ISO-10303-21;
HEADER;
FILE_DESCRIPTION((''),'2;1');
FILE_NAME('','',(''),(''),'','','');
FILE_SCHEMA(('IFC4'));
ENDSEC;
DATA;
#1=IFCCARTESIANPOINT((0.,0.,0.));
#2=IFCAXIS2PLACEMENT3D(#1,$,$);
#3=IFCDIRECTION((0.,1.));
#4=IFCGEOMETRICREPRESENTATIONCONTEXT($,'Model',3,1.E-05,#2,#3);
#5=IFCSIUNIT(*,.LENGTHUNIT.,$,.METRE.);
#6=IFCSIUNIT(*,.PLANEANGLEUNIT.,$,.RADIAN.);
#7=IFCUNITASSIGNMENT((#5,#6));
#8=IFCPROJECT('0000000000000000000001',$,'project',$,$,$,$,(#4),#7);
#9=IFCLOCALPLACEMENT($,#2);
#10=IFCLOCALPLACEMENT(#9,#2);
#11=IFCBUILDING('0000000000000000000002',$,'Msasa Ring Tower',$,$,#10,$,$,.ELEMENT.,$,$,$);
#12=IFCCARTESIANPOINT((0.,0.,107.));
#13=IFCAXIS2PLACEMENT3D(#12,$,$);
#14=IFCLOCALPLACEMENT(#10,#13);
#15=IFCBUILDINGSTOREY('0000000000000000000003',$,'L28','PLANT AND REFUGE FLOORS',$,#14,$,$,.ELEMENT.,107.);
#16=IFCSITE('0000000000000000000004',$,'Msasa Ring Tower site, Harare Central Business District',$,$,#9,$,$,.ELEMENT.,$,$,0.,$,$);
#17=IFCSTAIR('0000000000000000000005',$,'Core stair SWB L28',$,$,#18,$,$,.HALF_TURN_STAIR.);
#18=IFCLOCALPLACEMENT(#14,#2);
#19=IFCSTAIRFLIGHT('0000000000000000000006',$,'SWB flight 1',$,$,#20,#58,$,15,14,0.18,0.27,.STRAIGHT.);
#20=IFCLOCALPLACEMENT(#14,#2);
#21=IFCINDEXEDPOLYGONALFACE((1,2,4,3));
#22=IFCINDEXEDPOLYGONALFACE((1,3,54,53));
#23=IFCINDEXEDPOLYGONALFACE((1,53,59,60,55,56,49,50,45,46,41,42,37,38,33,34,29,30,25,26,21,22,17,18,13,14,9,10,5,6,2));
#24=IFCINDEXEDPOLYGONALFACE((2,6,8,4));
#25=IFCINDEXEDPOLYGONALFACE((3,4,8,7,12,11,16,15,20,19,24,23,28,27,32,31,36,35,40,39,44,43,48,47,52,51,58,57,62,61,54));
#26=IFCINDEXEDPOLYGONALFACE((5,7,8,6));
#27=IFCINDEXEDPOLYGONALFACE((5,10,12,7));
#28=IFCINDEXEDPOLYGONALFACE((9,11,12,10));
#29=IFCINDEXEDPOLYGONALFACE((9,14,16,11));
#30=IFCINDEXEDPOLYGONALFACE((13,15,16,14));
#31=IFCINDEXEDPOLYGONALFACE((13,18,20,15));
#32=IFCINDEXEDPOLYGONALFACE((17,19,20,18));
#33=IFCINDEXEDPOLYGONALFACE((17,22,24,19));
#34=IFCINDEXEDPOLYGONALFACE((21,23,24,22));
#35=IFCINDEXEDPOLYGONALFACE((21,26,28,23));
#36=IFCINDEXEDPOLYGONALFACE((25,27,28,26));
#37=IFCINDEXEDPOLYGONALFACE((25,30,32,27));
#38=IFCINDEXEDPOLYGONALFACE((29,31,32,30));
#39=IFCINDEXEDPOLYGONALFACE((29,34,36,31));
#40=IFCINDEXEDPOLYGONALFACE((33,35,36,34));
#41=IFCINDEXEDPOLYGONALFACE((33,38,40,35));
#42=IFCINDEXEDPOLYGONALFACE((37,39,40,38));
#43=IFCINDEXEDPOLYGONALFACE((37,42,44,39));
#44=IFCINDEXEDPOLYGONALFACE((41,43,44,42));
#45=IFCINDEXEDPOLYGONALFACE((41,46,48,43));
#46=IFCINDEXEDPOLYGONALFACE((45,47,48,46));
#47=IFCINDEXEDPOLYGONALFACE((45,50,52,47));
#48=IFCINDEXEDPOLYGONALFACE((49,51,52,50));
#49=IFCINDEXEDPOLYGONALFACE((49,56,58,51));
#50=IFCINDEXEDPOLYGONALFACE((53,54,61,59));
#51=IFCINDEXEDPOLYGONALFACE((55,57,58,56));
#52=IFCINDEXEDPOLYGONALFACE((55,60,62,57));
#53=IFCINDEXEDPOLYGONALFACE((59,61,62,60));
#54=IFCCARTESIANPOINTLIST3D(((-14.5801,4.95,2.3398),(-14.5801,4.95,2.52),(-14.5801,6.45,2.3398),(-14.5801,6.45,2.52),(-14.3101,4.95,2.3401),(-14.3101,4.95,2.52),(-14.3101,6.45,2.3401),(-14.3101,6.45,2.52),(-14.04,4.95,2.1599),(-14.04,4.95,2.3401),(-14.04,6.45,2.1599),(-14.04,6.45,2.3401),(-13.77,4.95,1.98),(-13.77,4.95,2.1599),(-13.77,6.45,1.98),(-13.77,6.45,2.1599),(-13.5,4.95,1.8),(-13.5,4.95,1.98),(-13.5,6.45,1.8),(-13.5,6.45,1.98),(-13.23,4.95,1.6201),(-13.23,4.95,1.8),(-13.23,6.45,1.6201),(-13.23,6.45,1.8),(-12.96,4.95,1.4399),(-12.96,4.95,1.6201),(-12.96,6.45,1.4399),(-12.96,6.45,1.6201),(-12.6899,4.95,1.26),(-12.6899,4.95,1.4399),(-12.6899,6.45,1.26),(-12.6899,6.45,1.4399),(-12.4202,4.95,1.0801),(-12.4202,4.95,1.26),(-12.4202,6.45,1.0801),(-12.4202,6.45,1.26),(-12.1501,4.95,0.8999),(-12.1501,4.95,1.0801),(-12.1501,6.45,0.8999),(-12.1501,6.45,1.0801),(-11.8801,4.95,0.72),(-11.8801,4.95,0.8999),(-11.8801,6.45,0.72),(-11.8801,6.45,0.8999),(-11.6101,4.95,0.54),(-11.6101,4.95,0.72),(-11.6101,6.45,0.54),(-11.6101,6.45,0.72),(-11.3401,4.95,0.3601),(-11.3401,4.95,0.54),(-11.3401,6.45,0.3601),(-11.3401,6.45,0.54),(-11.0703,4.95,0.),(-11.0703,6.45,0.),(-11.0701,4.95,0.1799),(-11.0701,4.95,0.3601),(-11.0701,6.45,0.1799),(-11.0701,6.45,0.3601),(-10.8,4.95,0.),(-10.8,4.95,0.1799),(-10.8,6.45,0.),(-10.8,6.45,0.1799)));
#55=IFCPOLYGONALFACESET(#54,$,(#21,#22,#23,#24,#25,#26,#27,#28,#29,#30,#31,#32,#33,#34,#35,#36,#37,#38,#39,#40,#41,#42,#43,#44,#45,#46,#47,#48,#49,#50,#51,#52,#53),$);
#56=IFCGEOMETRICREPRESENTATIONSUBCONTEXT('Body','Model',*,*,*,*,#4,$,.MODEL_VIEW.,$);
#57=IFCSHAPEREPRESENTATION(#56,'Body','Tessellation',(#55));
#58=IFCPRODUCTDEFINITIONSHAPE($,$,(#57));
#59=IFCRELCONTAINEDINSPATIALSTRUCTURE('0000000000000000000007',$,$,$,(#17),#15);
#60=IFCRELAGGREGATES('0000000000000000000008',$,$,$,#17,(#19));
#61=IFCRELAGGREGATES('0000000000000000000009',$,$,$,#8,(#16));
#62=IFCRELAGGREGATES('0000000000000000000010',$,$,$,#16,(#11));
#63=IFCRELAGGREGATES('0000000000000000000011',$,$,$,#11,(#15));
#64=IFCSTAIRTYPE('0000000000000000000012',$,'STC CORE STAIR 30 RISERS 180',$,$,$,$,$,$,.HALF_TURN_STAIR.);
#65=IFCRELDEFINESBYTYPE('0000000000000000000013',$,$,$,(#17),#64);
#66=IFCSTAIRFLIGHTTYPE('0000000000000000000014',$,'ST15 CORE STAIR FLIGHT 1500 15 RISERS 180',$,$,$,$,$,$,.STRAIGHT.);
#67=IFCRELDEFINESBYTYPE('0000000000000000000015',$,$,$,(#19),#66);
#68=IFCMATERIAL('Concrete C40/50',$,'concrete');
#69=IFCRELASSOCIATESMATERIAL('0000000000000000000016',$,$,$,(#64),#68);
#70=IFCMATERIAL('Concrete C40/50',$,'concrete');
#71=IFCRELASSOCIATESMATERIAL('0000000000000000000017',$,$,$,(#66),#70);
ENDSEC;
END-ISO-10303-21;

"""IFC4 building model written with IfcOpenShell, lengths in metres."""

from ifc_helpers import new_model, si_unit, direction, frame, origin, place, context, subcontext, project, spatial, polyline, outline, extrude, material, type_object, element, aggregate, save


model = new_model("IFC4")

# Units and contexts
model_context = context("Model", 3, precision=1e-05, world=origin(), true_north=direction((0.0, 1.0)))
body_context = subcontext(model_context, "Body", "Model", "MODEL_VIEW")
ifc_project = project(units=[si_unit("LENGTHUNIT", "METRE"), si_unit("PLANEANGLEUNIT", "RADIAN")], contexts=[model_context])

# Site, building, storey
site_placement = place(None, origin())
site = spatial("IfcSite", under=ifc_project, at=site_placement, Name="Msasa Ring Tower site, Harare Central Business District", CompositionType="ELEMENT", RefElevation=0.0)
building_placement = place(site_placement, origin())
building = spatial("IfcBuilding", under=site, at=building_placement, Name="Msasa Ring Tower", CompositionType="ELEMENT")
storey_placement = place(building_placement, frame((0.0, 0.0, 107.0)))
storey = spatial("IfcBuildingStorey", under=building, at=storey_placement, Name="L28", Description="PLANT AND REFUGE FLOORS", CompositionType="ELEMENT", Elevation=107.0)

# Shared definitions
ifc_material_1 = material(Name="Concrete C40/50", Category="concrete")
stair_type = type_object("IfcStairType", Name="STC CORE STAIR 30 RISERS 180", PredefinedType="HALF_TURN_STAIR", material=ifc_material_1)

# Stair, stair flight
stair_1_placement = place(storey_placement, origin())
stair_1 = element("IfcStair", 1, at=stair_1_placement, inside=storey, type_object=stair_type, Name="Core stair SWB L28", PredefinedType="HALF_TURN_STAIR")
ifc_material_2 = material(Name="Concrete C40/50", Category="concrete")
stair_flight_type = type_object("IfcStairFlightType", Name="ST15 CORE STAIR FLIGHT 1500 15 RISERS 180", PredefinedType="STRAIGHT", material=ifc_material_2)
stair_flight_placement = place(storey_placement, frame((-10.8, 5.7, 0.0), z_axis=(0.0, 0.0, 1.0), x_axis=(-1.0, 0.0, 0.0)))
stair_flight = element("IfcStairFlight", 2, at=stair_flight_placement, type_object=stair_flight_type, Name="SWB flight 1", NumberOfRisers=15, NumberOfTreads=14, PredefinedType="STRAIGHT", RiserHeight=0.18, TreadLength=0.27, context=body_context, shape_type="SweptSolid", body=[
    extrude(outline(polyline([(0.0, 0.0), (0.0, 0.1799), (0.27, 0.1799), (0.27, 0.3601), (0.54, 0.3601), (0.54, 0.54), (0.8101, 0.54), (0.8101, 0.72), (1.0801, 0.72), (1.0801, 0.8999), (1.3501, 0.8999), (1.3501, 1.0801), (1.6201, 1.0801), (1.6201, 1.26), (1.8899, 1.26), (1.8899, 1.4399), (2.1599, 1.4399), (2.1599, 1.6201), (2.4299, 1.6201), (2.4299, 1.8), (2.7, 1.8), (2.7, 1.98), (2.97, 1.98), (2.97, 2.1599), (3.24, 2.1599), (3.24, 2.3401), (3.51, 2.3401), (3.51, 2.52), (3.78, 2.52), (3.78, 2.7), (3.78, 2.3398), (0.2703, 0.0), (0.0, 0.0)])), frame((0.0, 0.75, 0.0), z_axis=(0.0, -1.0, 0.0), x_axis=(1.0, 0.0, 0.0)), (0.0, 0.0, 1.0), 1.5),
])
aggregate(stair_1, [stair_flight])

save(model, "model.ifc")
